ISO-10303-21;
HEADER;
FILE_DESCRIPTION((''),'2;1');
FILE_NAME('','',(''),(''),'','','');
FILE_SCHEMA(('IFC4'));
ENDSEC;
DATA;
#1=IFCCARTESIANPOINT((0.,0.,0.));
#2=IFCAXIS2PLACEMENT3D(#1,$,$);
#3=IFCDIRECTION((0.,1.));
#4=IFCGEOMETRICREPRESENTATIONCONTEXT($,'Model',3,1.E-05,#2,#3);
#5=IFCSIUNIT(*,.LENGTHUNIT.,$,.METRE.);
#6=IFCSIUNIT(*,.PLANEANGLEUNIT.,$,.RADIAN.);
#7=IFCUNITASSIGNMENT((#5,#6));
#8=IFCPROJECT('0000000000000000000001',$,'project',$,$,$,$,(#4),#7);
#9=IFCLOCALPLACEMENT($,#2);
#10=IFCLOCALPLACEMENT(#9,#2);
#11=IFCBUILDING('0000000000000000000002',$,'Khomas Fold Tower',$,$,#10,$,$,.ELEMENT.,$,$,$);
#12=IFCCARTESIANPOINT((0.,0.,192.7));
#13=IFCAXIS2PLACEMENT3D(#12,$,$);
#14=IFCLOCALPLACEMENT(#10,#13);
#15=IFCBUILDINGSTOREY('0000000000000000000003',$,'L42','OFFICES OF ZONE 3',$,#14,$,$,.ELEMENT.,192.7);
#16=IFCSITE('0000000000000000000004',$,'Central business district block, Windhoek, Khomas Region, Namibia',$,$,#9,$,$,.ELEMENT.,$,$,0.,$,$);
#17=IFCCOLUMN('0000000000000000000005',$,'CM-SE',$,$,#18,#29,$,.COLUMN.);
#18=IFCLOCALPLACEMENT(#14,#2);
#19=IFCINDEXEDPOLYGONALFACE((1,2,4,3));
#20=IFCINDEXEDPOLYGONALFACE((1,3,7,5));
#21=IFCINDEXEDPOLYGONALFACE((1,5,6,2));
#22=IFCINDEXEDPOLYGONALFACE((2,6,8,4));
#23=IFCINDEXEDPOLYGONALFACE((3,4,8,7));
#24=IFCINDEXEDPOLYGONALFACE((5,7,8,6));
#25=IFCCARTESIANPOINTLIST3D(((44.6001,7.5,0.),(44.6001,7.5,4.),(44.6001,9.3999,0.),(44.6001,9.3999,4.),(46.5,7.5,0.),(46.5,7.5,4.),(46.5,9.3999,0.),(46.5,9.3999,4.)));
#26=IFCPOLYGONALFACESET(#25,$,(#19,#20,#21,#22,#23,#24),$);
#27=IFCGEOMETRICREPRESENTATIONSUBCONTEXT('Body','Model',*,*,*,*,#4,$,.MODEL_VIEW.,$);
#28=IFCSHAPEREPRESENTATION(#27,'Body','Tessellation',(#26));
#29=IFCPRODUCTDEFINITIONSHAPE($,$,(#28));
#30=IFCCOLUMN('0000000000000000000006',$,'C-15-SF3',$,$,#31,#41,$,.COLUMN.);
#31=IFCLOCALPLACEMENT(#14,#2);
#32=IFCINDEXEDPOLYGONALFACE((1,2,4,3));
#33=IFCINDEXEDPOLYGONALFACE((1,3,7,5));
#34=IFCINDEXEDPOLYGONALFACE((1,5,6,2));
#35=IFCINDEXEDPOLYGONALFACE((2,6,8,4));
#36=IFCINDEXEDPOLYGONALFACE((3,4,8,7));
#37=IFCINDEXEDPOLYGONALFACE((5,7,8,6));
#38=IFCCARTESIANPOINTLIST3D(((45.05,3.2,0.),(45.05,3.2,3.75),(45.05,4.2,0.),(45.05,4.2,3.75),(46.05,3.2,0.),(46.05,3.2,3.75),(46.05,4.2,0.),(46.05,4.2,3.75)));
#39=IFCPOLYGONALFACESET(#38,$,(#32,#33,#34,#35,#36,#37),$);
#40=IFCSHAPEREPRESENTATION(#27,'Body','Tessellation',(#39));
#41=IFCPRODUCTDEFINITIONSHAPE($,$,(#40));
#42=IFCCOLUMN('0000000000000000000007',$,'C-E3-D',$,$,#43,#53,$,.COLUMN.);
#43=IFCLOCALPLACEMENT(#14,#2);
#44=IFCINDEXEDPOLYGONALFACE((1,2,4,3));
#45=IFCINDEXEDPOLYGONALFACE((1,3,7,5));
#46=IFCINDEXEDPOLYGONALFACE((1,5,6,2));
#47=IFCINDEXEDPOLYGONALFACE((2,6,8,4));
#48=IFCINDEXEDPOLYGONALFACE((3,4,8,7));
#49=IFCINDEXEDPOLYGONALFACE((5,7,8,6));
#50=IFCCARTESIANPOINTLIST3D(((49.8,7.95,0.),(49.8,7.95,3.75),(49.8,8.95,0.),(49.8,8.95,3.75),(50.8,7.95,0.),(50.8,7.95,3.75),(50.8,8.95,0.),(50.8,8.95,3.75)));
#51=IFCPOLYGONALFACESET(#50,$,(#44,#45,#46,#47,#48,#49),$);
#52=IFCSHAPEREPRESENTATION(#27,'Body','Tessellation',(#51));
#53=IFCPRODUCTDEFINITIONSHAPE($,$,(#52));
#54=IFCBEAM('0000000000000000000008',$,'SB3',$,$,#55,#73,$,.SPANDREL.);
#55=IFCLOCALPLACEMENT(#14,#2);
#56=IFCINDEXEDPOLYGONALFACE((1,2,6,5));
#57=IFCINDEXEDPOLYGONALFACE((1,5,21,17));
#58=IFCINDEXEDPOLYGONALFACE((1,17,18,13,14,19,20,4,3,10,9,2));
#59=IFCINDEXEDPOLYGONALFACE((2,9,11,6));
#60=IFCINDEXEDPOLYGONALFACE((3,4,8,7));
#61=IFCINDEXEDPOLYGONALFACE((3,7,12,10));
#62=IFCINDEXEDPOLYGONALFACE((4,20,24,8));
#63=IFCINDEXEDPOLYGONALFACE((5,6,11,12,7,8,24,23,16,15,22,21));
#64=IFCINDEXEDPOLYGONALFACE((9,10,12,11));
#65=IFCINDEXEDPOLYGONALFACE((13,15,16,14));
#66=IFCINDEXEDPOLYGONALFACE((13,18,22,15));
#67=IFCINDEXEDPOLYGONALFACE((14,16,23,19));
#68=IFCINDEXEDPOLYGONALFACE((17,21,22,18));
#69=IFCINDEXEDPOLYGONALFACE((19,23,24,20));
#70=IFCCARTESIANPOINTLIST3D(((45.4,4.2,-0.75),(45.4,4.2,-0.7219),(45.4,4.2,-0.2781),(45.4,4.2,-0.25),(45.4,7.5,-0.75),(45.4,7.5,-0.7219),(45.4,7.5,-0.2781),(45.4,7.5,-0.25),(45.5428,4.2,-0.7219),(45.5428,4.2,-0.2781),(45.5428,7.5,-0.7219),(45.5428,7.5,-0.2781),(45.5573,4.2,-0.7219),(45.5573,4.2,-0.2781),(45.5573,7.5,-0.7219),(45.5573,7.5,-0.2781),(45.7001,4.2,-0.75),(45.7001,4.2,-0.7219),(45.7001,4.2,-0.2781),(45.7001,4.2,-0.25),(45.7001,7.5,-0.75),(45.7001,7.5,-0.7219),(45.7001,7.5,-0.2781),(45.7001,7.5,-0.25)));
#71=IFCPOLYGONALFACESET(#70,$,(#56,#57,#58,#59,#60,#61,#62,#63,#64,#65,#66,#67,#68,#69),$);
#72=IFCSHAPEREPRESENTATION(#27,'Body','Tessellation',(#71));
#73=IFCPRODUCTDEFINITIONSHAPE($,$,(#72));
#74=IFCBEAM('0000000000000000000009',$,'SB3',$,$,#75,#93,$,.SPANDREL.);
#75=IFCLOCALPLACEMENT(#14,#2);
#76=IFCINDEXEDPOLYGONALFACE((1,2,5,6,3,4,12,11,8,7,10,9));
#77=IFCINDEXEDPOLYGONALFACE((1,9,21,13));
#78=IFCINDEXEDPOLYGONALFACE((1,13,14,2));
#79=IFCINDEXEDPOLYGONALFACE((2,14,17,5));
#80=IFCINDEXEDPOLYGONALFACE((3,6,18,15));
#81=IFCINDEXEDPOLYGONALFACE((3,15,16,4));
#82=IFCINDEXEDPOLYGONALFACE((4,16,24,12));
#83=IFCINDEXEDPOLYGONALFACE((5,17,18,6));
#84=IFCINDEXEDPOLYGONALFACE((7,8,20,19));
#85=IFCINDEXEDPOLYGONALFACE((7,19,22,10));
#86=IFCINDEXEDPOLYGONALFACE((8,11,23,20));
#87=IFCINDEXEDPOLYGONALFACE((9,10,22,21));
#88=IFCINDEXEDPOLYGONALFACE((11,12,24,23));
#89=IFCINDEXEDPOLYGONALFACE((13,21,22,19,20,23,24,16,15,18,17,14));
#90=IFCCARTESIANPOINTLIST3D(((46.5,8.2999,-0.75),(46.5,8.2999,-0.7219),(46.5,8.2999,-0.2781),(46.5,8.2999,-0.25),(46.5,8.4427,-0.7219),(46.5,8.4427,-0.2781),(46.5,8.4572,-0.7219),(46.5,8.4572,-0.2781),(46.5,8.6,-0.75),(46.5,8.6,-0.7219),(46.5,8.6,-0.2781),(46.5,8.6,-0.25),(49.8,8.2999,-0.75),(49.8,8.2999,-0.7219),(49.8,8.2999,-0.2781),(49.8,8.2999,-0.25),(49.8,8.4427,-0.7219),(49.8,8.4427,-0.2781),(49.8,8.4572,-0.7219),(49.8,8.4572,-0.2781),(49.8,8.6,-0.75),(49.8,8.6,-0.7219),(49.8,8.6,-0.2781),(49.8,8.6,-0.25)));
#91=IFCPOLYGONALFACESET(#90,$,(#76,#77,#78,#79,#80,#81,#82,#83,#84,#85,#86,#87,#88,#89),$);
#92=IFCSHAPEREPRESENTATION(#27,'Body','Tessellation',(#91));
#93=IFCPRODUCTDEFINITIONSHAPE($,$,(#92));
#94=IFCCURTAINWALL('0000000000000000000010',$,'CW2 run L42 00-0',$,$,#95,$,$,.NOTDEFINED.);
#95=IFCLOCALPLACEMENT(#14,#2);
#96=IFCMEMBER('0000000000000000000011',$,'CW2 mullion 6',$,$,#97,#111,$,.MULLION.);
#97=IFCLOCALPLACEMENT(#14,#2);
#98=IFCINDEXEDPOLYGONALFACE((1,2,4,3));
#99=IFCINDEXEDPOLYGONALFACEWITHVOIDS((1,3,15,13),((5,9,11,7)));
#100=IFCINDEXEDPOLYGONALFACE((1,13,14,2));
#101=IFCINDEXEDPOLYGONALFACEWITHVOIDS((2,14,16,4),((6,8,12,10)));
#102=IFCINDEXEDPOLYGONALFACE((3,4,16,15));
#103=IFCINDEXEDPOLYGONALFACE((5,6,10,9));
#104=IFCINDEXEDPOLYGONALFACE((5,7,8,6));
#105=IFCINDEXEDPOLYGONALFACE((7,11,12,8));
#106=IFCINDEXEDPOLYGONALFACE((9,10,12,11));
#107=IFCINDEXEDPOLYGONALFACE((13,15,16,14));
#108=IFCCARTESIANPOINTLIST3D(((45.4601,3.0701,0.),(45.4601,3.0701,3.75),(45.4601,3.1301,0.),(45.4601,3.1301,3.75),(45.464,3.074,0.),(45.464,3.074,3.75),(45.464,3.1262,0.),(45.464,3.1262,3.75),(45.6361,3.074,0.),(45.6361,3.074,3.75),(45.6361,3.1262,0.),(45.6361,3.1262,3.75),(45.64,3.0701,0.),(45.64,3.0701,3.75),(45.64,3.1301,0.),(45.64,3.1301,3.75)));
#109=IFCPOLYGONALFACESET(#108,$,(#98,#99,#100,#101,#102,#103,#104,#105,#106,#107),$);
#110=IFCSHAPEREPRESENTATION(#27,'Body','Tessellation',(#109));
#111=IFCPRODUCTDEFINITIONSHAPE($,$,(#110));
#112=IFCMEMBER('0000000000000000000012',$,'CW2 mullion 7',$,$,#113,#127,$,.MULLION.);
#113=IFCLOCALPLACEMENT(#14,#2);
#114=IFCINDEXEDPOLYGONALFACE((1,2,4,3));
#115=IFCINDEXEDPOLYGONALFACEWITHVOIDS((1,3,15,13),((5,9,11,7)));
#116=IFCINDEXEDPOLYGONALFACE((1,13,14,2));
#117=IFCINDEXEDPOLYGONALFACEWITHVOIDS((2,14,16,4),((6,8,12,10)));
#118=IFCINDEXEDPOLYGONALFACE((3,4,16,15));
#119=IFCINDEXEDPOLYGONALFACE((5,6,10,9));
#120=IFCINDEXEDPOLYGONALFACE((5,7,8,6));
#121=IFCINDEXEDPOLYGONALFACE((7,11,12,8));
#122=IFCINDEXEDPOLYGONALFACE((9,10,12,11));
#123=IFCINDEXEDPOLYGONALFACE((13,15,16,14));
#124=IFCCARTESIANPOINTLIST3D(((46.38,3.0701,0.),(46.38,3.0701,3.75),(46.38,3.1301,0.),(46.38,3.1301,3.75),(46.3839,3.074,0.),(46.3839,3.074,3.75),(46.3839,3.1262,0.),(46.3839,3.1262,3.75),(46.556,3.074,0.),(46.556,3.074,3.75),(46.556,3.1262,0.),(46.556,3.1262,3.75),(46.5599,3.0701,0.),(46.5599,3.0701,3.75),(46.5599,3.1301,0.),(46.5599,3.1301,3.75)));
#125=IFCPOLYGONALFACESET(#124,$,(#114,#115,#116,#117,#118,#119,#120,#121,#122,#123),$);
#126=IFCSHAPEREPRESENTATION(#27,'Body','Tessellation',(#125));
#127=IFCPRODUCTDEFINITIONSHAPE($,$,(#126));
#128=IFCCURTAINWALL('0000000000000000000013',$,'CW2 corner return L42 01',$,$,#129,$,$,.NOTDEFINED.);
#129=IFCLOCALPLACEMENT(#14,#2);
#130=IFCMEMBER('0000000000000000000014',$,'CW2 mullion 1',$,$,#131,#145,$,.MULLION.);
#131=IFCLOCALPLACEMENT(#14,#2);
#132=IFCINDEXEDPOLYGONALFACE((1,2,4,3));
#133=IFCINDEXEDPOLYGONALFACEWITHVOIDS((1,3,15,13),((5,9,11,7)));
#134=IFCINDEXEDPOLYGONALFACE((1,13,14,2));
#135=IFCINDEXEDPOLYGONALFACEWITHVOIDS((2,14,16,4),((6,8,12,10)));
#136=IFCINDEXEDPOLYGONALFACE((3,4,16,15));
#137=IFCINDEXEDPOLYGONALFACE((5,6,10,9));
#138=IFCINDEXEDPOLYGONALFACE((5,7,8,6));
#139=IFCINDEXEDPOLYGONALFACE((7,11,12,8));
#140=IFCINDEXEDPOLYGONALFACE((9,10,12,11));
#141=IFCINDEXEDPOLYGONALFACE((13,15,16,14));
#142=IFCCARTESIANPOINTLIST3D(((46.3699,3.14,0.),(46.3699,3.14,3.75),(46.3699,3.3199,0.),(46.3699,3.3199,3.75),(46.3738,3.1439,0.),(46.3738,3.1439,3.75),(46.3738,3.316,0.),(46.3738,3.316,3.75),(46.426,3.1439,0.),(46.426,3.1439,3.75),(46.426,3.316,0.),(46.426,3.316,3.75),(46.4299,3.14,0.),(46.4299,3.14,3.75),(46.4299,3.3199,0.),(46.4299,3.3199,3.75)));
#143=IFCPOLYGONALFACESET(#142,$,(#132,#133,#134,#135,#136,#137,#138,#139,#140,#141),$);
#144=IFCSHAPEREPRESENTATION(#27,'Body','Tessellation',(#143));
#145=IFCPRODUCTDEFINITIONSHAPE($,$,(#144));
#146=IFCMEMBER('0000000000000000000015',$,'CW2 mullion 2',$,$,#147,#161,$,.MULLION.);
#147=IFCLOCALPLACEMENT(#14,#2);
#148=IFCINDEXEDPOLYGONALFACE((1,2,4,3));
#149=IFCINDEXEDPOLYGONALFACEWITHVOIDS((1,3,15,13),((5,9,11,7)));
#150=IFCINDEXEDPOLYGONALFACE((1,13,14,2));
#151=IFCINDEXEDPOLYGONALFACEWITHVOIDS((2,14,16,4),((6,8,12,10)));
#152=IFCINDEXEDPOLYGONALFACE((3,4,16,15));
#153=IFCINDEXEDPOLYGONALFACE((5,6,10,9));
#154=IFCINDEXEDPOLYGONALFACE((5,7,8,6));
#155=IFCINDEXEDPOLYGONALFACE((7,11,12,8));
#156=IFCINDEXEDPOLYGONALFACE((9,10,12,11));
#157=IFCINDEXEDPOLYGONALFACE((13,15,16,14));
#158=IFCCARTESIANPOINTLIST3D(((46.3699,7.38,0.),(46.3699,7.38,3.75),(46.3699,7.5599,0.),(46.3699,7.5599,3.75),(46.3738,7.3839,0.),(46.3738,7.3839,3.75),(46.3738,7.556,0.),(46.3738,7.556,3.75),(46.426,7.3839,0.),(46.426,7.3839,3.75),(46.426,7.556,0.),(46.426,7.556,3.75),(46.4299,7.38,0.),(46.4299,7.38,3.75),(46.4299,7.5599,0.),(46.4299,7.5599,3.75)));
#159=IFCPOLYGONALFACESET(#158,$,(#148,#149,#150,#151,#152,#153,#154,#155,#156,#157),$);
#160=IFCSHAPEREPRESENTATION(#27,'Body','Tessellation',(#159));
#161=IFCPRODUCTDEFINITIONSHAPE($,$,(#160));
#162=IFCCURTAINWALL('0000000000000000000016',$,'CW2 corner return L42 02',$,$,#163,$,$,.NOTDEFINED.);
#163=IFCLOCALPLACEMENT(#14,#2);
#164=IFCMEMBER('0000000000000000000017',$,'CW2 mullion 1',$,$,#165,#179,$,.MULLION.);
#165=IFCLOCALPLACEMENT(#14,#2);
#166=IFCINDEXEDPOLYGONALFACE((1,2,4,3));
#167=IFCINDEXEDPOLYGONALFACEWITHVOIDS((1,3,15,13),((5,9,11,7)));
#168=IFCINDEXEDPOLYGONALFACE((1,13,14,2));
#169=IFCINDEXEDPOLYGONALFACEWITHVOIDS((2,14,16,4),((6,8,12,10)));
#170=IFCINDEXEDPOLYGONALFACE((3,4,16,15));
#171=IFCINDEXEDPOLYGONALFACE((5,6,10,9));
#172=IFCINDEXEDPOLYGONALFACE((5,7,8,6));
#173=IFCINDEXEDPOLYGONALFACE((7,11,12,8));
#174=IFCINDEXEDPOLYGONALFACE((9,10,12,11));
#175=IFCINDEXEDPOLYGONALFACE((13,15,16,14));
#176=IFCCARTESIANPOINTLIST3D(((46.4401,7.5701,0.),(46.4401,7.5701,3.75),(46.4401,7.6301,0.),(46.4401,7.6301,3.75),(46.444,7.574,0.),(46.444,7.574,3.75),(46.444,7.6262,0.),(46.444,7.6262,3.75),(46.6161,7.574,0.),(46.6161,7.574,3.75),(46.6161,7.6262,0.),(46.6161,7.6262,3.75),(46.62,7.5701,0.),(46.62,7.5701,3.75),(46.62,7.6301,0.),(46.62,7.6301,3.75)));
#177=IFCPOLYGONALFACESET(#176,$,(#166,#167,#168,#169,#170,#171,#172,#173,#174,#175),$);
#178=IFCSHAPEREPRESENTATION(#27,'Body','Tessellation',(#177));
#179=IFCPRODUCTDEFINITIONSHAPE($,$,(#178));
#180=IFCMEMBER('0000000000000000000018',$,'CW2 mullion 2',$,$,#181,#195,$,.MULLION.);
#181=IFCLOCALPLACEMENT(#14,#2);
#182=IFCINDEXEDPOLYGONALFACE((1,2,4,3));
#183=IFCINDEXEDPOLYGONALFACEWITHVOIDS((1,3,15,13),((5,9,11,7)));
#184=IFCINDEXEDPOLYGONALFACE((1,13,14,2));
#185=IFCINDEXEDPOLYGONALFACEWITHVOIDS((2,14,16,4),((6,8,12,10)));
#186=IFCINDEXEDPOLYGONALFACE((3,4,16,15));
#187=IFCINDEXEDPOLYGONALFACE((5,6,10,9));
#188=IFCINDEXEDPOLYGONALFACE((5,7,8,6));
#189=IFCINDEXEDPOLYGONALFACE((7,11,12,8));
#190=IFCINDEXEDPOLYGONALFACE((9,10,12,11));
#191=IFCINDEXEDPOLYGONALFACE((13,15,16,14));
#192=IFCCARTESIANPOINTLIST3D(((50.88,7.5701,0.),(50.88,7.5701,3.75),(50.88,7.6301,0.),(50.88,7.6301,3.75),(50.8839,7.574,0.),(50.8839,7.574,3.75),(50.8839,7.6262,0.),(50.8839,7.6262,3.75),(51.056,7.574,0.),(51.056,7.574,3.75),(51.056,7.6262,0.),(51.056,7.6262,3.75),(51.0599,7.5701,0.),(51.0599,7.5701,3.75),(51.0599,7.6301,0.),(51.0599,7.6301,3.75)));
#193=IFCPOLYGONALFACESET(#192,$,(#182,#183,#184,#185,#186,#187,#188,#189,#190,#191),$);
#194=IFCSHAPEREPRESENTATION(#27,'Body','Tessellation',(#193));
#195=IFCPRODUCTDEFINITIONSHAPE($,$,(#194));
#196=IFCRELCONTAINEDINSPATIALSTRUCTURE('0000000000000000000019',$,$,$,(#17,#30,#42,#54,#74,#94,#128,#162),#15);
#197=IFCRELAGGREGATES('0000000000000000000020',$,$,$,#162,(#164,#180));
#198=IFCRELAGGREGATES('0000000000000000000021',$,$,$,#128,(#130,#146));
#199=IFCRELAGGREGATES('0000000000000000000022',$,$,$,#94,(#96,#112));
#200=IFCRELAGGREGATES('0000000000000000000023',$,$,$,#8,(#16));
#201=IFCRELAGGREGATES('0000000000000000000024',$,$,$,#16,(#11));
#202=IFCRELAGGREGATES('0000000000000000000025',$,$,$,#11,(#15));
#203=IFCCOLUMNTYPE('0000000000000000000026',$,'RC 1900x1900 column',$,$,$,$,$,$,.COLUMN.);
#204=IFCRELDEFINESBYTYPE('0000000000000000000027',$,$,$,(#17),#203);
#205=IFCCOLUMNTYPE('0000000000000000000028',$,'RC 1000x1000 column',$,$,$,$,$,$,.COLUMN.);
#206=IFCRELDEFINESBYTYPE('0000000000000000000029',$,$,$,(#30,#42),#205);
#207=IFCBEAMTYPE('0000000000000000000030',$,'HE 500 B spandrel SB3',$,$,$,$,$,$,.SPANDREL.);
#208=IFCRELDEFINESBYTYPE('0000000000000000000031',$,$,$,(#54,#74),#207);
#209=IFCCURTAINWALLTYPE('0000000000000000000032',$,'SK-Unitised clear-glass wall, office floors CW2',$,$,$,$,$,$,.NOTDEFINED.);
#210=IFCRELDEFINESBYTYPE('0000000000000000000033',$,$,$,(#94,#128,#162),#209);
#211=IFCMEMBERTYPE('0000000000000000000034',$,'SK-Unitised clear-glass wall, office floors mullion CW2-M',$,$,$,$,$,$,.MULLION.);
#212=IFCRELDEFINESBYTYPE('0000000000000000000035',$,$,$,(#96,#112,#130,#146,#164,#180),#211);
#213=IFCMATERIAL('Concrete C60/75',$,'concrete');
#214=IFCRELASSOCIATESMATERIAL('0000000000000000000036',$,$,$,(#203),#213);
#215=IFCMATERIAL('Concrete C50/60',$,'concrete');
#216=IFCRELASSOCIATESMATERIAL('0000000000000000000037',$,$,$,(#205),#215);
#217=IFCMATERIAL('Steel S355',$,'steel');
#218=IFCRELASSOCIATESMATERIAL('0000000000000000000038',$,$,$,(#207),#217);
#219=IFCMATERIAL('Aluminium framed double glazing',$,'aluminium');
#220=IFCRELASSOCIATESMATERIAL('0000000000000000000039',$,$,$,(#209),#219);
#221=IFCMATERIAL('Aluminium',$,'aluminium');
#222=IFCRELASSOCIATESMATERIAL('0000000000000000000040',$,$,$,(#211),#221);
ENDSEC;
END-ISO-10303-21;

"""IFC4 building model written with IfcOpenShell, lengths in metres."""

from ifc_helpers import new_model, si_unit, direction, frame, origin, origin_2d, place, context, subcontext, project, spatial, rectangle, hollow_rectangle, i_section, extrude, source, transform, mapped, material, material_profile, profile_set, type_object, element, aggregate, save


model = new_model("IFC4")

# Units and contexts
model_context = context("Model", 3, precision=1e-05, world=origin(), true_north=direction((0.0, 1.0)))
body_context = subcontext(model_context, "Body", "Model", "MODEL_VIEW")
ifc_project = project(units=[si_unit("LENGTHUNIT", "METRE"), si_unit("PLANEANGLEUNIT", "RADIAN")], contexts=[model_context])

# Site, building, storey
site_placement = place(None, origin())
site = spatial("IfcSite", under=ifc_project, at=site_placement, Name="Central business district block, Windhoek, Khomas Region, Namibia", CompositionType="ELEMENT", RefElevation=0.0)
building_placement = place(site_placement, origin())
building = spatial("IfcBuilding", under=site, at=building_placement, Name="Khomas Fold Tower", CompositionType="ELEMENT")
storey_placement = place(building_placement, frame((0.0, 0.0, 192.7)))
storey = spatial("IfcBuildingStorey", under=building, at=storey_placement, Name="L42", Description="OFFICES OF ZONE 3", CompositionType="ELEMENT", Elevation=192.7)

# Columns
ifc_material_1 = material(Name="Concrete C60/75", Category="concrete")
ifc_material_profile_1 = material_profile(ifc_material_1, rectangle(XDim=1.8999, YDim=1.8999, at=origin_2d()), Name="RC 1900x1900")
ifc_profile_set_1 = profile_set([ifc_material_profile_1], Name="Concrete C60/75")
column_type_1 = type_object("IfcColumnType", Name="RC 1900x1900 column", PredefinedType="COLUMN", material=ifc_profile_set_1)
shared_shape_1 = source(origin(), body_context, "Body", "SweptSolid", [
    extrude(rectangle(XDim=1.8999, YDim=1.8999, at=origin_2d()), origin(), (0.0, 0.0, 1.0), 4.0),
])
column_placement = place(storey_placement, frame((45.55, 8.45, 0.0), z_axis=(0.0, 0.0, 1.0), x_axis=(1.0, 0.0, 0.0)))
element("IfcColumn", 1, at=column_placement, inside=storey, type_object=column_type_1, Name="CM-SE", PredefinedType="COLUMN", context=body_context, shape_type="MappedRepresentation", body=[
    mapped(shared_shape_1, transform((0.0, 0.0, 0.0))),
])
ifc_material_2 = material(Name="Concrete C50/60", Category="concrete")
ifc_material_profile_2 = material_profile(ifc_material_2, rectangle(XDim=1.0, YDim=1.0, at=origin_2d()), Name="RC 1000x1000")
ifc_profile_set_2 = profile_set([ifc_material_profile_2], Name="Concrete C50/60")
column_type_2 = type_object("IfcColumnType", Name="RC 1000x1000 column", PredefinedType="COLUMN", material=ifc_profile_set_2)
shared_shape_2 = source(origin(), body_context, "Body", "SweptSolid", [
    extrude(rectangle(XDim=1.0, YDim=1.0, at=origin_2d()), origin(), (0.0, 0.0, 1.0), 3.75),
])
for number, where, z_axis, x_axis, name in (
    (2, (45.55, 3.7, 0.0), (0.0, 0.0, 1.0), (1.0, 0.0, 0.0), "C-15-SF3"),
    (3, (50.3, 8.45, 0.0), (0.0, 0.0, 1.0), (1.0, 0.0, 0.0), "C-E3-D"),
):
    element("IfcColumn", number, at=place(storey_placement, frame(where, z_axis=z_axis, x_axis=x_axis)), inside=storey, type_object=column_type_2, Name=name, PredefinedType="COLUMN", context=body_context, shape_type="MappedRepresentation", body=[
        mapped(shared_shape_2, transform((0.0, 0.0, 0.0))),
    ])

# Beams
ifc_material_3 = material(Name="Steel S355", Category="steel")
ifc_material_profile_3 = material_profile(ifc_material_3, i_section(OverallWidth=0.3, OverallDepth=0.5, WebThickness=0.0144, FlangeThickness=0.0281, at=origin_2d()), Name="HE 500 B")
ifc_profile_set_3 = profile_set([ifc_material_profile_3], Name="Steel S355")
beam_type = type_object("IfcBeamType", Name="HE 500 B spandrel SB3", PredefinedType="SPANDREL", material=ifc_profile_set_3)
shared_shape_3 = source(origin(), body_context, "Body", "SweptSolid", [
    extrude(i_section(OverallWidth=0.3, OverallDepth=0.5, WebThickness=0.0144, FlangeThickness=0.0281, at=origin_2d()), origin(), (0.0, 0.0, 1.0), 3.3),
])
for number, where, z_axis, x_axis, name in (
    (4, (45.55, 4.2, -0.5), (0.0, 1.0, 0.0), (-1.0, 0.0, 0.0), "SB3"),
    (5, (46.5, 8.45, -0.5), (1.0, 0.0, 0.0), (0.0, 1.0, 0.0), "SB3"),
):
    element("IfcBeam", number, at=place(storey_placement, frame(where, z_axis=z_axis, x_axis=x_axis)), inside=storey, type_object=beam_type, Name=name, PredefinedType="SPANDREL", context=body_context, shape_type="MappedRepresentation", body=[
        mapped(shared_shape_3, transform((0.0, 0.0, 0.0))),
    ])

# Curtain walls, members
ifc_material_4 = material(Name="Aluminium framed double glazing", Category="aluminium")
curtain_wall_type = type_object("IfcCurtainWallType", Name="SK-Unitised clear-glass wall, office floors CW2", PredefinedType="NOTDEFINED", material=ifc_material_4)
curtain_wall_1_placement = place(storey_placement, origin())
curtain_wall_1 = element("IfcCurtainWall", 6, at=curtain_wall_1_placement, inside=storey, type_object=curtain_wall_type, Name="CW2 run L42 00-0", PredefinedType="NOTDEFINED")
ifc_material_5 = material(Name="Aluminium", Category="aluminium")
ifc_material_profile_4 = material_profile(ifc_material_5, hollow_rectangle(XDim=0.0601, YDim=0.1799, WallThickness=0.0039, at=origin_2d()), Name="SK-Unitised clear-glass wall, office floors mullion CW2-M")
ifc_profile_set_4 = profile_set([ifc_material_profile_4], Name="Aluminium")
member_type_1 = type_object("IfcMemberType", Name="SK-Unitised clear-glass wall, office floors mullion CW2-M", PredefinedType="MULLION", material=ifc_profile_set_4)
shared_shape_4 = source(origin(), body_context, "Body", "SweptSolid", [
    extrude(hollow_rectangle(XDim=0.0601, YDim=0.1799, WallThickness=0.0039, at=origin_2d()), origin(), (0.0, 0.0, 1.0), 3.75),
])
member_1_placement = place(storey_placement, frame((45.55, 3.1001, 0.0), z_axis=(0.0, 0.0, 1.0), x_axis=(0.0, 1.0, 0.0)))
member_1 = element("IfcMember", 7, at=member_1_placement, type_object=member_type_1, Name="CW2 mullion 6", PredefinedType="MULLION", context=body_context, shape_type="MappedRepresentation", body=[
    mapped(shared_shape_4, transform((0.0, 0.0, 0.0))),
])
member_2_placement = place(storey_placement, frame((46.47, 3.1001, 0.0), z_axis=(0.0, 0.0, 1.0), x_axis=(0.0, 1.0, 0.0)))
member_2 = element("IfcMember", 8, at=member_2_placement, type_object=member_type_1, Name="CW2 mullion 7", PredefinedType="MULLION", context=body_context, shape_type="MappedRepresentation", body=[
    mapped(shared_shape_4, transform((0.0, 0.0, 0.0))),
])
curtain_wall_2_placement = place(storey_placement, origin())
curtain_wall_2 = element("IfcCurtainWall", 9, at=curtain_wall_2_placement, inside=storey, type_object=curtain_wall_type, Name="CW2 corner return L42 01", PredefinedType="NOTDEFINED")
member_3_placement = place(storey_placement, frame((46.3999, 3.23, 0.0), z_axis=(0.0, 0.0, 1.0), x_axis=(-1.0, 0.0, 0.0)))
member_3 = element("IfcMember", 10, at=member_3_placement, type_object=member_type_1, Name="CW2 mullion 1", PredefinedType="MULLION", context=body_context, shape_type="MappedRepresentation", body=[
    mapped(shared_shape_4, transform((0.0, 0.0, 0.0))),
])
member_4_placement = place(storey_placement, frame((46.3999, 7.47, 0.0), z_axis=(0.0, 0.0, 1.0), x_axis=(-1.0, 0.0, 0.0)))
member_4 = element("IfcMember", 11, at=member_4_placement, type_object=member_type_1, Name="CW2 mullion 2", PredefinedType="MULLION", context=body_context, shape_type="MappedRepresentation", body=[
    mapped(shared_shape_4, transform((0.0, 0.0, 0.0))),
])
curtain_wall_3_placement = place(storey_placement, origin())
curtain_wall_3 = element("IfcCurtainWall", 12, at=curtain_wall_3_placement, inside=storey, type_object=curtain_wall_type, Name="CW2 corner return L42 02", PredefinedType="NOTDEFINED")
member_5_placement = place(storey_placement, frame((46.53, 7.6001, 0.0), z_axis=(0.0, 0.0, 1.0), x_axis=(0.0, 1.0, 0.0)))
member_5 = element("IfcMember", 13, at=member_5_placement, type_object=member_type_1, Name="CW2 mullion 1", PredefinedType="MULLION", context=body_context, shape_type="MappedRepresentation", body=[
    mapped(shared_shape_4, transform((0.0, 0.0, 0.0))),
])
member_6_placement = place(storey_placement, frame((50.97, 7.6001, 0.0), z_axis=(0.0, 0.0, 1.0), x_axis=(0.0, 1.0, 0.0)))
member_6 = element("IfcMember", 14, at=member_6_placement, type_object=member_type_1, Name="CW2 mullion 2", PredefinedType="MULLION", context=body_context, shape_type="MappedRepresentation", body=[
    mapped(shared_shape_4, transform((0.0, 0.0, 0.0))),
])

aggregate(curtain_wall_3, [member_5, member_6])
aggregate(curtain_wall_2, [member_3, member_4])
aggregate(curtain_wall_1, [member_1, member_2])

save(model, "model.ifc")
